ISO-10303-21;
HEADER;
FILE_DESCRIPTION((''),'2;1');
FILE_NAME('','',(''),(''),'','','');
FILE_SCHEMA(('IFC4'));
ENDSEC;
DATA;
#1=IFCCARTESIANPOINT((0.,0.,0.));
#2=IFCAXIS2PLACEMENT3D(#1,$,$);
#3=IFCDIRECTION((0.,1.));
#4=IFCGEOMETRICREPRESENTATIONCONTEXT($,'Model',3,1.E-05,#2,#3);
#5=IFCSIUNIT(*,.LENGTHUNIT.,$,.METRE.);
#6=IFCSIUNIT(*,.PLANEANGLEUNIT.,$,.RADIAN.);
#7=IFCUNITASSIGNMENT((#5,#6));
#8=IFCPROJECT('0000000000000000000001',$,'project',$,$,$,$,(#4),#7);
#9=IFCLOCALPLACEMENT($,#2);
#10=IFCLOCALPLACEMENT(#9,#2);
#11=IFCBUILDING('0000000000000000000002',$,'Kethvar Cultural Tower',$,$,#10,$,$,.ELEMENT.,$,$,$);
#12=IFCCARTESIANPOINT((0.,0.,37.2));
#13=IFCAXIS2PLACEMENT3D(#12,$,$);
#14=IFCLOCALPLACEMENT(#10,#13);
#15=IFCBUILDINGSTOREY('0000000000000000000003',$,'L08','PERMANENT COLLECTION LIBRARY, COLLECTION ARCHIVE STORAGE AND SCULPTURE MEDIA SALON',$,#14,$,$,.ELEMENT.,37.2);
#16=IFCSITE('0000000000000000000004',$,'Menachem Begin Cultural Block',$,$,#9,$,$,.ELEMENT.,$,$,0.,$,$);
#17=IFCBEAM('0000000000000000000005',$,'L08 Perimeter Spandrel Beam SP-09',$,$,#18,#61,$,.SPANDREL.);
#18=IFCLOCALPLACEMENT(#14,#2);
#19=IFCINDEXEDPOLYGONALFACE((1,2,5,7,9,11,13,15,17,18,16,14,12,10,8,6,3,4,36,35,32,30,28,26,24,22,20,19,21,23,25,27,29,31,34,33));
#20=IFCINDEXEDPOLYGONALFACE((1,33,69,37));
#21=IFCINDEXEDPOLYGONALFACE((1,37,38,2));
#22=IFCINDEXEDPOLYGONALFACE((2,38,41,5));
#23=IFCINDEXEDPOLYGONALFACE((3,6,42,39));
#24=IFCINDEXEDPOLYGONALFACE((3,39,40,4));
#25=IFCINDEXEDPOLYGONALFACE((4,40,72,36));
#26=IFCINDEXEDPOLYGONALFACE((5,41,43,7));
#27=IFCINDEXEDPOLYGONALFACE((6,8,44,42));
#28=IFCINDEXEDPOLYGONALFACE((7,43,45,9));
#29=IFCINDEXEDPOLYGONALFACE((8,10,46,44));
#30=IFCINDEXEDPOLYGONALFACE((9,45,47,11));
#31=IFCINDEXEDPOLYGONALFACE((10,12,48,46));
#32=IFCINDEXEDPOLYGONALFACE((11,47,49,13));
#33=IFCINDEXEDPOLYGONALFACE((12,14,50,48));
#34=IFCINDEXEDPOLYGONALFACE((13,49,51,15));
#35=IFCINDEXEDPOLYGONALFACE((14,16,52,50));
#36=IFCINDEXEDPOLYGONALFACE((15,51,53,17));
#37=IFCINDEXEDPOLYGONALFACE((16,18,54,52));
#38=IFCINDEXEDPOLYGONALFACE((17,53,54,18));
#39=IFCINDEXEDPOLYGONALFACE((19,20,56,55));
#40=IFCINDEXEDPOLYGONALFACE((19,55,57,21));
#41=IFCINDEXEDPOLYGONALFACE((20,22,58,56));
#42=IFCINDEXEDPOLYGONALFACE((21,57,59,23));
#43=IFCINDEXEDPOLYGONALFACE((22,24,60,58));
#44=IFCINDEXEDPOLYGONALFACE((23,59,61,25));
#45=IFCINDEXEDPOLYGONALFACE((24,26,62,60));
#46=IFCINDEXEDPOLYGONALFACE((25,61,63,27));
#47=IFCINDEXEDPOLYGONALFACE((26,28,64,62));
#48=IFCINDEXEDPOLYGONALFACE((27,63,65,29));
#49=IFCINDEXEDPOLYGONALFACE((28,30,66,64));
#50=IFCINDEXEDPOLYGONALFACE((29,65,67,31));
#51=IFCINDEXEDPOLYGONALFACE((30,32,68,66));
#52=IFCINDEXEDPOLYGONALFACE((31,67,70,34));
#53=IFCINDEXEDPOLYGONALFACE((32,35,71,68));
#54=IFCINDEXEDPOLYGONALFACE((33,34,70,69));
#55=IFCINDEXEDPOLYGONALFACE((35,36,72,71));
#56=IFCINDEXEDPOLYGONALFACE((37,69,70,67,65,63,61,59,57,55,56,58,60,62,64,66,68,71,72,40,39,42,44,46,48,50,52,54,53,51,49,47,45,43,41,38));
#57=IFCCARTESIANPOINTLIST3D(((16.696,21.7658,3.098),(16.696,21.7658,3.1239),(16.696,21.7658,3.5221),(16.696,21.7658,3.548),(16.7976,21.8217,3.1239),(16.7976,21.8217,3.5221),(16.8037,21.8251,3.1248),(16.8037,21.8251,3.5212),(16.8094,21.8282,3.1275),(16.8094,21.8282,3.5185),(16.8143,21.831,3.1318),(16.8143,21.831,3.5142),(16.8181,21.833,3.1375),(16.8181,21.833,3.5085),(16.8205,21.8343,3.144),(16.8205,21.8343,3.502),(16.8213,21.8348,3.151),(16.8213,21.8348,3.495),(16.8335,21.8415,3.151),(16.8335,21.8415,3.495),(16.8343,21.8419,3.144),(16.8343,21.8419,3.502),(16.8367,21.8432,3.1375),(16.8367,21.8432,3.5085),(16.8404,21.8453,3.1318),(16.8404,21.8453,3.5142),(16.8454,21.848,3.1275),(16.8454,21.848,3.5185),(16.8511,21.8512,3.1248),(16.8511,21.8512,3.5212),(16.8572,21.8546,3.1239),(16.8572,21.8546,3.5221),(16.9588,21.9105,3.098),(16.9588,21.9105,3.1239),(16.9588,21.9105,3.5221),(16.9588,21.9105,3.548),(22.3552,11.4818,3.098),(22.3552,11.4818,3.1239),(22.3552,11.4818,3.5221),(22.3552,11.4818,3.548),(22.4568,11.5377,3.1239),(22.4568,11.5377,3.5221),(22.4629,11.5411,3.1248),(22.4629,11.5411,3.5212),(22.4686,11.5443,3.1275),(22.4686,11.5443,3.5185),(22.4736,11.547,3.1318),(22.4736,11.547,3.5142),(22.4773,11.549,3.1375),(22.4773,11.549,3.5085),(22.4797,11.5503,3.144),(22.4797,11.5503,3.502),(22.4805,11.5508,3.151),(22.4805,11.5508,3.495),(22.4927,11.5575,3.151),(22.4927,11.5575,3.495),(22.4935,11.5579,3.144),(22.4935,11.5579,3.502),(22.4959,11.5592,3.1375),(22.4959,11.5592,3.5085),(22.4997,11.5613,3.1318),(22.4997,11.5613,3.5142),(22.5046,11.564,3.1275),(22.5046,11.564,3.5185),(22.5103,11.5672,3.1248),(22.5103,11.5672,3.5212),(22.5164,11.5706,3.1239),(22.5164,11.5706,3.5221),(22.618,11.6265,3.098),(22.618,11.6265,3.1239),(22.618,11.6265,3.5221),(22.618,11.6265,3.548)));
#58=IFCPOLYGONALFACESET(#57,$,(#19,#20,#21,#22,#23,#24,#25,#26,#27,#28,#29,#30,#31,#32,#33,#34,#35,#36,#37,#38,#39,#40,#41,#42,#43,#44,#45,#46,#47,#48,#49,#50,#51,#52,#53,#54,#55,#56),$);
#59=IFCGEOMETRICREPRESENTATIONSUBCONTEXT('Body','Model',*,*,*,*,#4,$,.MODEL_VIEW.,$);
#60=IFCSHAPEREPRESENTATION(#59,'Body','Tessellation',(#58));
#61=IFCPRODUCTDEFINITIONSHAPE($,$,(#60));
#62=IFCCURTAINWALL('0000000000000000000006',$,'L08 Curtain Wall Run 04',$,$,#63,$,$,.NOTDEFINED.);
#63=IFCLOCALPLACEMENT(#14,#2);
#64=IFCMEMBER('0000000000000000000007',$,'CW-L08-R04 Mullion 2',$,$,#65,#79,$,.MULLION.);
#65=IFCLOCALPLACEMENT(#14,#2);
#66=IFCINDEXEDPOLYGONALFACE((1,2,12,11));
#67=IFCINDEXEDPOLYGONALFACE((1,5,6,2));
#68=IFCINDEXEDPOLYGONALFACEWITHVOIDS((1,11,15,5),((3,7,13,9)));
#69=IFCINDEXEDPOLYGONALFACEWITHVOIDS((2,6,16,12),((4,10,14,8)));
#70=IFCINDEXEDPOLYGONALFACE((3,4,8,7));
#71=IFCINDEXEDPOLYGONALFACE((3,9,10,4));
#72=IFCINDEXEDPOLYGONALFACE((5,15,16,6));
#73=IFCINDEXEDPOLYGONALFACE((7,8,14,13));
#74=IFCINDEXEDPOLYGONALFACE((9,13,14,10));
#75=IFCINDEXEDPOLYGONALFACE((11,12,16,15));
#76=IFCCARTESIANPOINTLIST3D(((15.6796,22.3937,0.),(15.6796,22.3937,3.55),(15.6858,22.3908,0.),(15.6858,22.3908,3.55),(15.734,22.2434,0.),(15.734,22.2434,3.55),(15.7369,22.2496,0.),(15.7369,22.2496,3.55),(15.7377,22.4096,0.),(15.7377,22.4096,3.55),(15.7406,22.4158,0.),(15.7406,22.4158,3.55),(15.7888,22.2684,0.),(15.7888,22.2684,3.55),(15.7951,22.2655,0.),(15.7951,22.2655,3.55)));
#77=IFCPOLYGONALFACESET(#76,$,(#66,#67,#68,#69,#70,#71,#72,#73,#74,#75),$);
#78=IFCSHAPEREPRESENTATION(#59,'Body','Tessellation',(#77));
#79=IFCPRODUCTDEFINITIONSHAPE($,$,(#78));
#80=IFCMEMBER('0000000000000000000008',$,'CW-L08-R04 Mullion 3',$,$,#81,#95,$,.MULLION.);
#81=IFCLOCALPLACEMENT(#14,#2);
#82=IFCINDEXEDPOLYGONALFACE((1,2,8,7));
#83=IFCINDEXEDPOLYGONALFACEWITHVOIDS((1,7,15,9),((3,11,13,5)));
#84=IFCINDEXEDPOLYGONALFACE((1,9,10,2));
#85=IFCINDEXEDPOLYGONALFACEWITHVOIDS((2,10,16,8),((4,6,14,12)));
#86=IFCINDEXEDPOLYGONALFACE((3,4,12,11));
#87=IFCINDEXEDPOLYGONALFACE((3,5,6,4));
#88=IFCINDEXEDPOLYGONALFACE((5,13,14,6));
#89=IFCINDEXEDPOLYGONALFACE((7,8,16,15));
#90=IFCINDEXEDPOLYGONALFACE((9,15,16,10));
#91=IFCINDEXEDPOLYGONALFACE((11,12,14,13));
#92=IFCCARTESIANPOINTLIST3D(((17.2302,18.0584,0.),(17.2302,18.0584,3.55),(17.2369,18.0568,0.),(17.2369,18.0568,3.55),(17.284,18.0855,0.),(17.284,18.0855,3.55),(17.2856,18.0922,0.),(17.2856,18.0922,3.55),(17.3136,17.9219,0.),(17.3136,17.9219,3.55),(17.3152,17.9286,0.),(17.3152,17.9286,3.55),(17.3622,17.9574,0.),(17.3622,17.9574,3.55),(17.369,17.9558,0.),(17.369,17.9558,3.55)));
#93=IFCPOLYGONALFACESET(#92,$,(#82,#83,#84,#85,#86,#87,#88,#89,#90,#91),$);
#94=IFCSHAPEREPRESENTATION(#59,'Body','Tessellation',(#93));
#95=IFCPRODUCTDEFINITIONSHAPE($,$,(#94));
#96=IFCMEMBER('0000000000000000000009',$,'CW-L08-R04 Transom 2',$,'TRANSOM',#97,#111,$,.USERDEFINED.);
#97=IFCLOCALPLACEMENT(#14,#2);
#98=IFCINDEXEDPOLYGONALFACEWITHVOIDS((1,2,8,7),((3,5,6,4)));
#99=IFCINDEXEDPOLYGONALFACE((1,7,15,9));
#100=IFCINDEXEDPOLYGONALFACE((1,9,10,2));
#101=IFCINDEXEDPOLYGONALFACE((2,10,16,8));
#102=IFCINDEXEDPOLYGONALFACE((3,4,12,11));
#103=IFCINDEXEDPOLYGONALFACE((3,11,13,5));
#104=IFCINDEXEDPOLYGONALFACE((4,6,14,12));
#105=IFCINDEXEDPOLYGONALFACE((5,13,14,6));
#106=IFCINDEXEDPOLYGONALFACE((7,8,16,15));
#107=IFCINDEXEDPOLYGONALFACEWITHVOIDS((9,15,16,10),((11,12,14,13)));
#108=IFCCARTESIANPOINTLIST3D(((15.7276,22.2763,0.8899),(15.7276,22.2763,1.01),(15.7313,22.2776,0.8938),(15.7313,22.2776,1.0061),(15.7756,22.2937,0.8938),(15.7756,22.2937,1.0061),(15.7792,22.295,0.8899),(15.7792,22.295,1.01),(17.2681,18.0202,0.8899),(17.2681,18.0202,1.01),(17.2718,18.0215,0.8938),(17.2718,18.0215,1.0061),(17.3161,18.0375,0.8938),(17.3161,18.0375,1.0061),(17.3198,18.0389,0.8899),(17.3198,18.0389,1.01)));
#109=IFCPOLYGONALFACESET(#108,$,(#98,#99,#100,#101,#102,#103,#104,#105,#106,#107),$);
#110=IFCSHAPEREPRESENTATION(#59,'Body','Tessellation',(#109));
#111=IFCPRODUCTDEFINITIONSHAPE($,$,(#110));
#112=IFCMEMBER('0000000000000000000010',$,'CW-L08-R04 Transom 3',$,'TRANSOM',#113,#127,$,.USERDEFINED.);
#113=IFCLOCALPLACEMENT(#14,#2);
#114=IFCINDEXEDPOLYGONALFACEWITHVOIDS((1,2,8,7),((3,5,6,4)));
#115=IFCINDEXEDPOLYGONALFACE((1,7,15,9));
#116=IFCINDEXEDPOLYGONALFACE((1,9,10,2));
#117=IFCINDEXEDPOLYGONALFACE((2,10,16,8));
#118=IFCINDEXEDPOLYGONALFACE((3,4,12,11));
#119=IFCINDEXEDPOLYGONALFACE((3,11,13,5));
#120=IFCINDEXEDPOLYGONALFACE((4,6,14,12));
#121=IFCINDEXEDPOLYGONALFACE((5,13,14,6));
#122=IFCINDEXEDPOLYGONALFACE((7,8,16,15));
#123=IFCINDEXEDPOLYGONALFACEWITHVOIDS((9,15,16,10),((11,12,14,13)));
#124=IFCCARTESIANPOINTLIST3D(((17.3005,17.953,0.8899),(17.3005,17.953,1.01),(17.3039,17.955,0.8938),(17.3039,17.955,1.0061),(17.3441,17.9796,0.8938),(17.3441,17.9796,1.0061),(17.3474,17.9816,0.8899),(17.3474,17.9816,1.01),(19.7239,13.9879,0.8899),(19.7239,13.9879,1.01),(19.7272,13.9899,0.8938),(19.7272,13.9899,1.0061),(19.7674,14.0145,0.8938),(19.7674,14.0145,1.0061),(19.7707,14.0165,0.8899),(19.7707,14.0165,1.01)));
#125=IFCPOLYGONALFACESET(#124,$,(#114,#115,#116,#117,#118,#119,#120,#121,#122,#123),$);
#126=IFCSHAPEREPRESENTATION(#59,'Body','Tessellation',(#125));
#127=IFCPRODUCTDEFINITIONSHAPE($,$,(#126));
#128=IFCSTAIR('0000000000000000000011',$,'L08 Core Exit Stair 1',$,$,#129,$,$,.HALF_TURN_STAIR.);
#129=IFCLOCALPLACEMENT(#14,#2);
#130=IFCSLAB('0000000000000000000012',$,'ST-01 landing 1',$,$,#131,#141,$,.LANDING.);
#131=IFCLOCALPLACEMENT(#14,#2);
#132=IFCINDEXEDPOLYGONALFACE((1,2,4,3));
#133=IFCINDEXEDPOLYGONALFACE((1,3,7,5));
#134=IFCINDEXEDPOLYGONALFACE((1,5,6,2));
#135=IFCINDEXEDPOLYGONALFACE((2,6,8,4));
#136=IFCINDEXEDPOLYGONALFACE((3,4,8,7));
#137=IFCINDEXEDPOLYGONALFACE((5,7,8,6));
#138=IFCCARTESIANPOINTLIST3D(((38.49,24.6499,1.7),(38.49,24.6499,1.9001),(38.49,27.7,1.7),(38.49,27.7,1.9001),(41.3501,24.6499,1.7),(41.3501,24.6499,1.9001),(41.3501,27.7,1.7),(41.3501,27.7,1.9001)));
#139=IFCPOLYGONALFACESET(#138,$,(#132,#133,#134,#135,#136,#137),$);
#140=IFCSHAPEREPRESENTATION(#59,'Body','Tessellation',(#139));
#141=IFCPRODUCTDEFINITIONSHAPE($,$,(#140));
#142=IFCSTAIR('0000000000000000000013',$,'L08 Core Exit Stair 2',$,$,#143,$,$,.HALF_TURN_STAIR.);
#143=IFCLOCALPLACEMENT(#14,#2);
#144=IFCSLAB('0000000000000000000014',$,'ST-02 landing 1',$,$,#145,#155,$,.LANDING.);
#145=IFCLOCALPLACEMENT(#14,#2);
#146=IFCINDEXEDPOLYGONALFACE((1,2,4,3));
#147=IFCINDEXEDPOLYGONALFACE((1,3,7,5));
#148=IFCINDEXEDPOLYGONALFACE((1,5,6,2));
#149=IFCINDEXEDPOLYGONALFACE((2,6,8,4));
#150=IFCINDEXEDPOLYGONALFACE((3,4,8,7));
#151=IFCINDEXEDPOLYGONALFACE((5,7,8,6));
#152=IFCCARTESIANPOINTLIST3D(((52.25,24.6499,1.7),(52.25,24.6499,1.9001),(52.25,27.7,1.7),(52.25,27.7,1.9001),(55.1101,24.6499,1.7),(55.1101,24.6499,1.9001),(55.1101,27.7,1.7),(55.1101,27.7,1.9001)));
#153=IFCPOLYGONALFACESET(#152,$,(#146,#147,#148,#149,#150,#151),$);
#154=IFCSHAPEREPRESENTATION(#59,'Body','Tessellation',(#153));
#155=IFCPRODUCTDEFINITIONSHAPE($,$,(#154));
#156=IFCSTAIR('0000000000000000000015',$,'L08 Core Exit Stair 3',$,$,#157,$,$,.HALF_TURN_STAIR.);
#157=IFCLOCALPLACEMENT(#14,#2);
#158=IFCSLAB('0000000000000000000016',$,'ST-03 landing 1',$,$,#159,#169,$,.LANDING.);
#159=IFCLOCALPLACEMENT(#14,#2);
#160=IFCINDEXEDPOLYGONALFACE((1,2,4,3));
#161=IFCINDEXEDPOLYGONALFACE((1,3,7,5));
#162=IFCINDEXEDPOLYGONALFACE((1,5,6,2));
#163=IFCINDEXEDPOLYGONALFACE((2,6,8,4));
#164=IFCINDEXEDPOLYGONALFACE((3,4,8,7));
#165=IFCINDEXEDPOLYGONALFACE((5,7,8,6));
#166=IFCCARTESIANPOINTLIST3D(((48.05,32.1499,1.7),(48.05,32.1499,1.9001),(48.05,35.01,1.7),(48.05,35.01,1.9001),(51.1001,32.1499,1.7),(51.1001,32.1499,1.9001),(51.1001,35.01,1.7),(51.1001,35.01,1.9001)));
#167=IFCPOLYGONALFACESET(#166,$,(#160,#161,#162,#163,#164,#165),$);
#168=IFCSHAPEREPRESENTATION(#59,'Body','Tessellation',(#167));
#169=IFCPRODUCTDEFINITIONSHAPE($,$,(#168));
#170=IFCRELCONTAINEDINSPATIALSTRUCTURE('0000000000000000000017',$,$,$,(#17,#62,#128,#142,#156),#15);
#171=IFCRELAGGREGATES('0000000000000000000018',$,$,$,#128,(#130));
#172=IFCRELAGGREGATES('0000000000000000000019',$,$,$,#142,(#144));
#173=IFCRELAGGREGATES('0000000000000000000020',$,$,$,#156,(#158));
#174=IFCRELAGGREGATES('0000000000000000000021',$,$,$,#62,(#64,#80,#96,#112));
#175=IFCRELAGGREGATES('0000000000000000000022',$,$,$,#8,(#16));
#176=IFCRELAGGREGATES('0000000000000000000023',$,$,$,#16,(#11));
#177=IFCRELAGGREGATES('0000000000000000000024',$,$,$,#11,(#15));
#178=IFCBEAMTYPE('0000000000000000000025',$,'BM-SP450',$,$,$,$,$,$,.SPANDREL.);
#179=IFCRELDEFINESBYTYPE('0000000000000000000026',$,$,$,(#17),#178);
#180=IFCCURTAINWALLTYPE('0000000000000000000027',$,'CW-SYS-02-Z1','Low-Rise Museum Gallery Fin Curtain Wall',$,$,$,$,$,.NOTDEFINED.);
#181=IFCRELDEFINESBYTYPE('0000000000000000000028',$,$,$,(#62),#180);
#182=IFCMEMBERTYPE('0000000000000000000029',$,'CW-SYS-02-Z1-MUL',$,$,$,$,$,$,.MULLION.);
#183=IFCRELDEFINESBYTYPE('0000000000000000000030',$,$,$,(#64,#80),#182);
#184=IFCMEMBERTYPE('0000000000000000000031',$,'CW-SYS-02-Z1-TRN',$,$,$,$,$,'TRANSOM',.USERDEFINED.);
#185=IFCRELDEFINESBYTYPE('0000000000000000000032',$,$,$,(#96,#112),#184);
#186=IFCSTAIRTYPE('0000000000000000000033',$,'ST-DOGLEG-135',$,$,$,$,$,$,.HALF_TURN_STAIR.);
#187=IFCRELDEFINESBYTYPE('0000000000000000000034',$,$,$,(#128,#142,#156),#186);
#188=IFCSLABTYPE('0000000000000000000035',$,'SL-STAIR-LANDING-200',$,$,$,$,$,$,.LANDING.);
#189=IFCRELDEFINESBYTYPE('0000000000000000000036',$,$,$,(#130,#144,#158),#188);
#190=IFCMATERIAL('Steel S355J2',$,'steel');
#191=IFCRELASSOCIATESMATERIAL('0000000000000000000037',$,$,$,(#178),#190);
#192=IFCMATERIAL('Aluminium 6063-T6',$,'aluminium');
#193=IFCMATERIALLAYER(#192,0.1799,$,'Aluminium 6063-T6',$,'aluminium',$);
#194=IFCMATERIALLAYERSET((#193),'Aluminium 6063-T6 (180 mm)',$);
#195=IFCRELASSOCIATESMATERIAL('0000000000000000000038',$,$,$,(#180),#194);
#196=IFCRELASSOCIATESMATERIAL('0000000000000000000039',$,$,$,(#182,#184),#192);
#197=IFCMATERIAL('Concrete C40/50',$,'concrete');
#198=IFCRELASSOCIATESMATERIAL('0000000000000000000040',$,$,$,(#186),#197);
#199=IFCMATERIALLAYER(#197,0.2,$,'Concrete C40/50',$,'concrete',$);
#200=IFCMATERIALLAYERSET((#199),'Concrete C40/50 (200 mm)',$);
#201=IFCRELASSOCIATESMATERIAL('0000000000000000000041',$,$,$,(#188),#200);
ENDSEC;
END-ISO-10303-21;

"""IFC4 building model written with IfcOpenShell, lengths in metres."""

from ifc_helpers import new_model, si_unit, direction, frame, origin, origin_2d, place, context, subcontext, project, spatial, polyline, hollow_rectangle, i_section, outline, extrude, source, transform, mapped, material, layer, layer_set, material_profile, profile_set, type_object, element, aggregate, save


model = new_model("IFC4")

# Units and contexts
model_context = context("Model", 3, precision=1e-05, world=origin(), true_north=direction((0.0, 1.0)))
body_context = subcontext(model_context, "Body", "Model", "MODEL_VIEW")
ifc_project = project(units=[si_unit("LENGTHUNIT", "METRE"), si_unit("PLANEANGLEUNIT", "RADIAN")], contexts=[model_context])

# Site, building, storey
site_placement = place(None, origin())
site = spatial("IfcSite", under=ifc_project, at=site_placement, Name="Menachem Begin Cultural Block", CompositionType="ELEMENT", RefElevation=0.0)
building_placement = place(site_placement, origin())
building = spatial("IfcBuilding", under=site, at=building_placement, Name="Kethvar Cultural Tower", CompositionType="ELEMENT")
storey_placement = place(building_placement, frame((0.0, 0.0, 37.2)))
storey = spatial("IfcBuildingStorey", under=building, at=storey_placement, Name="L08", Description="PERMANENT COLLECTION LIBRARY, COLLECTION ARCHIVE STORAGE AND SCULPTURE MEDIA SALON", CompositionType="ELEMENT", Elevation=37.2)

# Beam
ifc_material_1 = material(Name="Steel S355J2", Category="steel")
ifc_material_profile_1 = material_profile(ifc_material_1, i_section(OverallWidth=0.3, OverallDepth=0.45, WebThickness=0.0139, FlangeThickness=0.0259, FilletRadius=0.0271, at=origin_2d()), Name="Steel S355J2 — HEB450")
ifc_profile_set_1 = profile_set([ifc_material_profile_1], Name="Steel S355J2 — HEB450")
beam_type = type_object("IfcBeamType", Name="BM-SP450", PredefinedType="SPANDREL", material=ifc_profile_set_1)
shared_shape_1 = source(origin(), body_context, "Body", "SweptSolid", [
    extrude(i_section(OverallWidth=0.3, OverallDepth=0.45, WebThickness=0.0139, FlangeThickness=0.0259, FilletRadius=0.0271, at=origin_2d()), origin(), (0.0, 0.0, 1.0), 11.7383),
])
beam_placement = place(storey_placement, frame((16.8274, 21.8381, 3.323), z_axis=(0.482116, -0.876107, 0.0), x_axis=(0.876107, 0.482116, 0.0)))
element("IfcBeam", 1, at=beam_placement, inside=storey, type_object=beam_type, Name="L08 Perimeter Spandrel Beam SP-09", PredefinedType="SPANDREL", context=body_context, shape_type="MappedRepresentation", body=[
    mapped(shared_shape_1, transform((0.0, 0.0, 0.0), scale=1.0)),
])

# Curtain wall, members
ifc_material_2 = material(Name="Aluminium 6063-T6", Category="aluminium")
ifc_layer_1 = layer(ifc_material_2, 0.1799, Name="Aluminium 6063-T6", Category="aluminium")
ifc_layer_set_1 = layer_set([ifc_layer_1], Name="Aluminium 6063-T6 (180 mm)")
curtain_wall_type = type_object("IfcCurtainWallType", Name="CW-SYS-02-Z1", Description="Low-Rise Museum Gallery Fin Curtain Wall", PredefinedType="NOTDEFINED", material=ifc_layer_set_1)
curtain_wall_placement = place(storey_placement, origin())
curtain_wall = element("IfcCurtainWall", 2, at=curtain_wall_placement, inside=storey, type_object=curtain_wall_type, Name="L08 Curtain Wall Run 04", PredefinedType="NOTDEFINED")
ifc_material_profile_2 = material_profile(ifc_material_2, hollow_rectangle(XDim=0.0649, YDim=0.1599, WallThickness=0.0049, at=origin_2d()), Name="Aluminium 6063-T6 — RHS160x65x5")
ifc_profile_set_2 = profile_set([ifc_material_profile_2], Name="Aluminium 6063-T6 — RHS160x65x5")
member_type_1 = type_object("IfcMemberType", Name="CW-SYS-02-Z1-MUL", PredefinedType="MULLION", material=ifc_profile_set_2)
shared_shape_2 = source(origin(), body_context, "Body", "SweptSolid", [
    extrude(hollow_rectangle(XDim=0.0649, YDim=0.1599, WallThickness=0.0049, at=origin_2d()), origin(), (0.0, 0.0, 1.0), 3.55),
])
member_1_placement = place(storey_placement, frame((15.7373, 22.3296, 0.0), z_axis=(0.0, 0.0, 1.0), x_axis=(0.940288, 0.34038, 0.0)))
member_1 = element("IfcMember", 3, at=member_1_placement, type_object=member_type_1, Name="CW-L08-R04 Mullion 2", PredefinedType="MULLION", context=body_context, shape_type="MappedRepresentation", body=[
    mapped(shared_shape_2, transform((0.0, 0.0, 0.0), scale=1.0)),
])
member_2_placement = place(storey_placement, frame((17.2996, 18.0071, 0.0), z_axis=(0.0, 0.0, 1.0), x_axis=(0.85326, 0.521486, 0.0)))
member_2 = element("IfcMember", 4, at=member_2_placement, type_object=member_type_1, Name="CW-L08-R04 Mullion 3", PredefinedType="MULLION", context=body_context, shape_type="MappedRepresentation", body=[
    mapped(shared_shape_2, transform((0.0, 0.0, 0.0), scale=1.0)),
])
ifc_material_profile_3 = material_profile(ifc_material_2, hollow_rectangle(XDim=0.0549, YDim=0.1201, WallThickness=0.0039, at=origin_2d()), Name="Aluminium 6063-T6 — RHS120x55x4")
ifc_profile_set_3 = profile_set([ifc_material_profile_3], Name="Aluminium 6063-T6 — RHS120x55x4")
member_type_2 = type_object("IfcMemberType", Name="CW-SYS-02-Z1-TRN", ElementType="TRANSOM", PredefinedType="USERDEFINED", material=ifc_profile_set_3)
shared_shape_3 = source(origin(), body_context, "Body", "SweptSolid", [
    extrude(hollow_rectangle(XDim=0.0549, YDim=0.1201, WallThickness=0.0039, at=origin_2d()), origin(), (0.0, 0.0, 1.0), 4.5264),
])
member_3_placement = place(storey_placement, frame((15.7534, 22.2856, 0.95), z_axis=(0.340348, -0.940299, 0.0), x_axis=(0.940299, 0.340348, 0.0)))
member_3 = element("IfcMember", 5, at=member_3_placement, type_object=member_type_2, Name="CW-L08-R04 Transom 2", ObjectType="TRANSOM", PredefinedType="USERDEFINED", context=body_context, shape_type="MappedRepresentation", body=[
    mapped(shared_shape_3, transform((0.0, 0.0, 0.0), scale=1.0)),
])
shared_shape_4 = source(origin(), body_context, "Body", "SweptSolid", [
    extrude(hollow_rectangle(XDim=0.0549, YDim=0.1201, WallThickness=0.0039, at=origin_2d()), origin(), (0.0, 0.0, 1.0), 4.647),
])
member_4_placement = place(storey_placement, frame((17.324, 17.9673, 0.95), z_axis=(0.521486, -0.85326, 0.0), x_axis=(0.85326, 0.521486, 0.0)))
member_4 = element("IfcMember", 6, at=member_4_placement, type_object=member_type_2, Name="CW-L08-R04 Transom 3", ObjectType="TRANSOM", PredefinedType="USERDEFINED", context=body_context, shape_type="MappedRepresentation", body=[
    mapped(shared_shape_4, transform((0.0, 0.0, 0.0), scale=1.0)),
])

# Stairs, slabs
ifc_material_3 = material(Name="Concrete C40/50", Category="concrete")
stair_type = type_object("IfcStairType", Name="ST-DOGLEG-135", PredefinedType="HALF_TURN_STAIR", material=ifc_material_3)
stair_1_placement = place(storey_placement, origin())
stair_1 = element("IfcStair", 7, at=stair_1_placement, inside=storey, type_object=stair_type, Name="L08 Core Exit Stair 1", PredefinedType="HALF_TURN_STAIR")
ifc_layer_2 = layer(ifc_material_3, 0.2, Name="Concrete C40/50", Category="concrete")
ifc_layer_set_2 = layer_set([ifc_layer_2], Name="Concrete C40/50 (200 mm)")
slab_type_1 = type_object("IfcSlabType", Name="SL-STAIR-LANDING-200", PredefinedType="LANDING", material=ifc_layer_set_2)
slab_1_placement = place(storey_placement, frame((0.0, 0.0, 1.7)))
slab_1 = element("IfcSlab", 8, at=slab_1_placement, type_object=slab_type_1, Name="ST-01 landing 1", PredefinedType="LANDING", context=body_context, shape_type="SweptSolid", body=[
    extrude(outline(polyline([(41.3501, 24.6499), (41.3501, 27.7), (38.49, 27.7), (38.49, 24.6499), (41.3501, 24.6499)])), origin(), (0.0, 0.0, 1.0), 0.2002),
])
aggregate(stair_1, [slab_1])
stair_2_placement = place(storey_placement, origin())
stair_2 = element("IfcStair", 9, at=stair_2_placement, inside=storey, type_object=stair_type, Name="L08 Core Exit Stair 2", PredefinedType="HALF_TURN_STAIR")
slab_2_placement = place(storey_placement, frame((0.0, 0.0, 1.7)))
slab_2 = element("IfcSlab", 10, at=slab_2_placement, type_object=slab_type_1, Name="ST-02 landing 1", PredefinedType="LANDING", context=body_context, shape_type="SweptSolid", body=[
    extrude(outline(polyline([(55.1101, 24.6499), (55.1101, 27.7), (52.25, 27.7), (52.25, 24.6499), (55.1101, 24.6499)])), origin(), (0.0, 0.0, 1.0), 0.2002),
])
aggregate(stair_2, [slab_2])
stair_3_placement = place(storey_placement, origin())
stair_3 = element("IfcStair", 11, at=stair_3_placement, inside=storey, type_object=stair_type, Name="L08 Core Exit Stair 3", PredefinedType="HALF_TURN_STAIR")
slab_3_placement = place(storey_placement, frame((0.0, 0.0, 1.7)))
slab_3 = element("IfcSlab", 12, at=slab_3_placement, type_object=slab_type_1, Name="ST-03 landing 1", PredefinedType="LANDING", context=body_context, shape_type="SweptSolid", body=[
    extrude(outline(polyline([(51.1001, 35.01), (48.05, 35.01), (48.05, 32.1499), (51.1001, 32.1499), (51.1001, 35.01)])), origin(), (0.0, 0.0, 1.0), 0.2002),
])
aggregate(stair_3, [slab_3])

aggregate(curtain_wall, [member_1, member_2, member_3, member_4])

save(model, "model.ifc")
